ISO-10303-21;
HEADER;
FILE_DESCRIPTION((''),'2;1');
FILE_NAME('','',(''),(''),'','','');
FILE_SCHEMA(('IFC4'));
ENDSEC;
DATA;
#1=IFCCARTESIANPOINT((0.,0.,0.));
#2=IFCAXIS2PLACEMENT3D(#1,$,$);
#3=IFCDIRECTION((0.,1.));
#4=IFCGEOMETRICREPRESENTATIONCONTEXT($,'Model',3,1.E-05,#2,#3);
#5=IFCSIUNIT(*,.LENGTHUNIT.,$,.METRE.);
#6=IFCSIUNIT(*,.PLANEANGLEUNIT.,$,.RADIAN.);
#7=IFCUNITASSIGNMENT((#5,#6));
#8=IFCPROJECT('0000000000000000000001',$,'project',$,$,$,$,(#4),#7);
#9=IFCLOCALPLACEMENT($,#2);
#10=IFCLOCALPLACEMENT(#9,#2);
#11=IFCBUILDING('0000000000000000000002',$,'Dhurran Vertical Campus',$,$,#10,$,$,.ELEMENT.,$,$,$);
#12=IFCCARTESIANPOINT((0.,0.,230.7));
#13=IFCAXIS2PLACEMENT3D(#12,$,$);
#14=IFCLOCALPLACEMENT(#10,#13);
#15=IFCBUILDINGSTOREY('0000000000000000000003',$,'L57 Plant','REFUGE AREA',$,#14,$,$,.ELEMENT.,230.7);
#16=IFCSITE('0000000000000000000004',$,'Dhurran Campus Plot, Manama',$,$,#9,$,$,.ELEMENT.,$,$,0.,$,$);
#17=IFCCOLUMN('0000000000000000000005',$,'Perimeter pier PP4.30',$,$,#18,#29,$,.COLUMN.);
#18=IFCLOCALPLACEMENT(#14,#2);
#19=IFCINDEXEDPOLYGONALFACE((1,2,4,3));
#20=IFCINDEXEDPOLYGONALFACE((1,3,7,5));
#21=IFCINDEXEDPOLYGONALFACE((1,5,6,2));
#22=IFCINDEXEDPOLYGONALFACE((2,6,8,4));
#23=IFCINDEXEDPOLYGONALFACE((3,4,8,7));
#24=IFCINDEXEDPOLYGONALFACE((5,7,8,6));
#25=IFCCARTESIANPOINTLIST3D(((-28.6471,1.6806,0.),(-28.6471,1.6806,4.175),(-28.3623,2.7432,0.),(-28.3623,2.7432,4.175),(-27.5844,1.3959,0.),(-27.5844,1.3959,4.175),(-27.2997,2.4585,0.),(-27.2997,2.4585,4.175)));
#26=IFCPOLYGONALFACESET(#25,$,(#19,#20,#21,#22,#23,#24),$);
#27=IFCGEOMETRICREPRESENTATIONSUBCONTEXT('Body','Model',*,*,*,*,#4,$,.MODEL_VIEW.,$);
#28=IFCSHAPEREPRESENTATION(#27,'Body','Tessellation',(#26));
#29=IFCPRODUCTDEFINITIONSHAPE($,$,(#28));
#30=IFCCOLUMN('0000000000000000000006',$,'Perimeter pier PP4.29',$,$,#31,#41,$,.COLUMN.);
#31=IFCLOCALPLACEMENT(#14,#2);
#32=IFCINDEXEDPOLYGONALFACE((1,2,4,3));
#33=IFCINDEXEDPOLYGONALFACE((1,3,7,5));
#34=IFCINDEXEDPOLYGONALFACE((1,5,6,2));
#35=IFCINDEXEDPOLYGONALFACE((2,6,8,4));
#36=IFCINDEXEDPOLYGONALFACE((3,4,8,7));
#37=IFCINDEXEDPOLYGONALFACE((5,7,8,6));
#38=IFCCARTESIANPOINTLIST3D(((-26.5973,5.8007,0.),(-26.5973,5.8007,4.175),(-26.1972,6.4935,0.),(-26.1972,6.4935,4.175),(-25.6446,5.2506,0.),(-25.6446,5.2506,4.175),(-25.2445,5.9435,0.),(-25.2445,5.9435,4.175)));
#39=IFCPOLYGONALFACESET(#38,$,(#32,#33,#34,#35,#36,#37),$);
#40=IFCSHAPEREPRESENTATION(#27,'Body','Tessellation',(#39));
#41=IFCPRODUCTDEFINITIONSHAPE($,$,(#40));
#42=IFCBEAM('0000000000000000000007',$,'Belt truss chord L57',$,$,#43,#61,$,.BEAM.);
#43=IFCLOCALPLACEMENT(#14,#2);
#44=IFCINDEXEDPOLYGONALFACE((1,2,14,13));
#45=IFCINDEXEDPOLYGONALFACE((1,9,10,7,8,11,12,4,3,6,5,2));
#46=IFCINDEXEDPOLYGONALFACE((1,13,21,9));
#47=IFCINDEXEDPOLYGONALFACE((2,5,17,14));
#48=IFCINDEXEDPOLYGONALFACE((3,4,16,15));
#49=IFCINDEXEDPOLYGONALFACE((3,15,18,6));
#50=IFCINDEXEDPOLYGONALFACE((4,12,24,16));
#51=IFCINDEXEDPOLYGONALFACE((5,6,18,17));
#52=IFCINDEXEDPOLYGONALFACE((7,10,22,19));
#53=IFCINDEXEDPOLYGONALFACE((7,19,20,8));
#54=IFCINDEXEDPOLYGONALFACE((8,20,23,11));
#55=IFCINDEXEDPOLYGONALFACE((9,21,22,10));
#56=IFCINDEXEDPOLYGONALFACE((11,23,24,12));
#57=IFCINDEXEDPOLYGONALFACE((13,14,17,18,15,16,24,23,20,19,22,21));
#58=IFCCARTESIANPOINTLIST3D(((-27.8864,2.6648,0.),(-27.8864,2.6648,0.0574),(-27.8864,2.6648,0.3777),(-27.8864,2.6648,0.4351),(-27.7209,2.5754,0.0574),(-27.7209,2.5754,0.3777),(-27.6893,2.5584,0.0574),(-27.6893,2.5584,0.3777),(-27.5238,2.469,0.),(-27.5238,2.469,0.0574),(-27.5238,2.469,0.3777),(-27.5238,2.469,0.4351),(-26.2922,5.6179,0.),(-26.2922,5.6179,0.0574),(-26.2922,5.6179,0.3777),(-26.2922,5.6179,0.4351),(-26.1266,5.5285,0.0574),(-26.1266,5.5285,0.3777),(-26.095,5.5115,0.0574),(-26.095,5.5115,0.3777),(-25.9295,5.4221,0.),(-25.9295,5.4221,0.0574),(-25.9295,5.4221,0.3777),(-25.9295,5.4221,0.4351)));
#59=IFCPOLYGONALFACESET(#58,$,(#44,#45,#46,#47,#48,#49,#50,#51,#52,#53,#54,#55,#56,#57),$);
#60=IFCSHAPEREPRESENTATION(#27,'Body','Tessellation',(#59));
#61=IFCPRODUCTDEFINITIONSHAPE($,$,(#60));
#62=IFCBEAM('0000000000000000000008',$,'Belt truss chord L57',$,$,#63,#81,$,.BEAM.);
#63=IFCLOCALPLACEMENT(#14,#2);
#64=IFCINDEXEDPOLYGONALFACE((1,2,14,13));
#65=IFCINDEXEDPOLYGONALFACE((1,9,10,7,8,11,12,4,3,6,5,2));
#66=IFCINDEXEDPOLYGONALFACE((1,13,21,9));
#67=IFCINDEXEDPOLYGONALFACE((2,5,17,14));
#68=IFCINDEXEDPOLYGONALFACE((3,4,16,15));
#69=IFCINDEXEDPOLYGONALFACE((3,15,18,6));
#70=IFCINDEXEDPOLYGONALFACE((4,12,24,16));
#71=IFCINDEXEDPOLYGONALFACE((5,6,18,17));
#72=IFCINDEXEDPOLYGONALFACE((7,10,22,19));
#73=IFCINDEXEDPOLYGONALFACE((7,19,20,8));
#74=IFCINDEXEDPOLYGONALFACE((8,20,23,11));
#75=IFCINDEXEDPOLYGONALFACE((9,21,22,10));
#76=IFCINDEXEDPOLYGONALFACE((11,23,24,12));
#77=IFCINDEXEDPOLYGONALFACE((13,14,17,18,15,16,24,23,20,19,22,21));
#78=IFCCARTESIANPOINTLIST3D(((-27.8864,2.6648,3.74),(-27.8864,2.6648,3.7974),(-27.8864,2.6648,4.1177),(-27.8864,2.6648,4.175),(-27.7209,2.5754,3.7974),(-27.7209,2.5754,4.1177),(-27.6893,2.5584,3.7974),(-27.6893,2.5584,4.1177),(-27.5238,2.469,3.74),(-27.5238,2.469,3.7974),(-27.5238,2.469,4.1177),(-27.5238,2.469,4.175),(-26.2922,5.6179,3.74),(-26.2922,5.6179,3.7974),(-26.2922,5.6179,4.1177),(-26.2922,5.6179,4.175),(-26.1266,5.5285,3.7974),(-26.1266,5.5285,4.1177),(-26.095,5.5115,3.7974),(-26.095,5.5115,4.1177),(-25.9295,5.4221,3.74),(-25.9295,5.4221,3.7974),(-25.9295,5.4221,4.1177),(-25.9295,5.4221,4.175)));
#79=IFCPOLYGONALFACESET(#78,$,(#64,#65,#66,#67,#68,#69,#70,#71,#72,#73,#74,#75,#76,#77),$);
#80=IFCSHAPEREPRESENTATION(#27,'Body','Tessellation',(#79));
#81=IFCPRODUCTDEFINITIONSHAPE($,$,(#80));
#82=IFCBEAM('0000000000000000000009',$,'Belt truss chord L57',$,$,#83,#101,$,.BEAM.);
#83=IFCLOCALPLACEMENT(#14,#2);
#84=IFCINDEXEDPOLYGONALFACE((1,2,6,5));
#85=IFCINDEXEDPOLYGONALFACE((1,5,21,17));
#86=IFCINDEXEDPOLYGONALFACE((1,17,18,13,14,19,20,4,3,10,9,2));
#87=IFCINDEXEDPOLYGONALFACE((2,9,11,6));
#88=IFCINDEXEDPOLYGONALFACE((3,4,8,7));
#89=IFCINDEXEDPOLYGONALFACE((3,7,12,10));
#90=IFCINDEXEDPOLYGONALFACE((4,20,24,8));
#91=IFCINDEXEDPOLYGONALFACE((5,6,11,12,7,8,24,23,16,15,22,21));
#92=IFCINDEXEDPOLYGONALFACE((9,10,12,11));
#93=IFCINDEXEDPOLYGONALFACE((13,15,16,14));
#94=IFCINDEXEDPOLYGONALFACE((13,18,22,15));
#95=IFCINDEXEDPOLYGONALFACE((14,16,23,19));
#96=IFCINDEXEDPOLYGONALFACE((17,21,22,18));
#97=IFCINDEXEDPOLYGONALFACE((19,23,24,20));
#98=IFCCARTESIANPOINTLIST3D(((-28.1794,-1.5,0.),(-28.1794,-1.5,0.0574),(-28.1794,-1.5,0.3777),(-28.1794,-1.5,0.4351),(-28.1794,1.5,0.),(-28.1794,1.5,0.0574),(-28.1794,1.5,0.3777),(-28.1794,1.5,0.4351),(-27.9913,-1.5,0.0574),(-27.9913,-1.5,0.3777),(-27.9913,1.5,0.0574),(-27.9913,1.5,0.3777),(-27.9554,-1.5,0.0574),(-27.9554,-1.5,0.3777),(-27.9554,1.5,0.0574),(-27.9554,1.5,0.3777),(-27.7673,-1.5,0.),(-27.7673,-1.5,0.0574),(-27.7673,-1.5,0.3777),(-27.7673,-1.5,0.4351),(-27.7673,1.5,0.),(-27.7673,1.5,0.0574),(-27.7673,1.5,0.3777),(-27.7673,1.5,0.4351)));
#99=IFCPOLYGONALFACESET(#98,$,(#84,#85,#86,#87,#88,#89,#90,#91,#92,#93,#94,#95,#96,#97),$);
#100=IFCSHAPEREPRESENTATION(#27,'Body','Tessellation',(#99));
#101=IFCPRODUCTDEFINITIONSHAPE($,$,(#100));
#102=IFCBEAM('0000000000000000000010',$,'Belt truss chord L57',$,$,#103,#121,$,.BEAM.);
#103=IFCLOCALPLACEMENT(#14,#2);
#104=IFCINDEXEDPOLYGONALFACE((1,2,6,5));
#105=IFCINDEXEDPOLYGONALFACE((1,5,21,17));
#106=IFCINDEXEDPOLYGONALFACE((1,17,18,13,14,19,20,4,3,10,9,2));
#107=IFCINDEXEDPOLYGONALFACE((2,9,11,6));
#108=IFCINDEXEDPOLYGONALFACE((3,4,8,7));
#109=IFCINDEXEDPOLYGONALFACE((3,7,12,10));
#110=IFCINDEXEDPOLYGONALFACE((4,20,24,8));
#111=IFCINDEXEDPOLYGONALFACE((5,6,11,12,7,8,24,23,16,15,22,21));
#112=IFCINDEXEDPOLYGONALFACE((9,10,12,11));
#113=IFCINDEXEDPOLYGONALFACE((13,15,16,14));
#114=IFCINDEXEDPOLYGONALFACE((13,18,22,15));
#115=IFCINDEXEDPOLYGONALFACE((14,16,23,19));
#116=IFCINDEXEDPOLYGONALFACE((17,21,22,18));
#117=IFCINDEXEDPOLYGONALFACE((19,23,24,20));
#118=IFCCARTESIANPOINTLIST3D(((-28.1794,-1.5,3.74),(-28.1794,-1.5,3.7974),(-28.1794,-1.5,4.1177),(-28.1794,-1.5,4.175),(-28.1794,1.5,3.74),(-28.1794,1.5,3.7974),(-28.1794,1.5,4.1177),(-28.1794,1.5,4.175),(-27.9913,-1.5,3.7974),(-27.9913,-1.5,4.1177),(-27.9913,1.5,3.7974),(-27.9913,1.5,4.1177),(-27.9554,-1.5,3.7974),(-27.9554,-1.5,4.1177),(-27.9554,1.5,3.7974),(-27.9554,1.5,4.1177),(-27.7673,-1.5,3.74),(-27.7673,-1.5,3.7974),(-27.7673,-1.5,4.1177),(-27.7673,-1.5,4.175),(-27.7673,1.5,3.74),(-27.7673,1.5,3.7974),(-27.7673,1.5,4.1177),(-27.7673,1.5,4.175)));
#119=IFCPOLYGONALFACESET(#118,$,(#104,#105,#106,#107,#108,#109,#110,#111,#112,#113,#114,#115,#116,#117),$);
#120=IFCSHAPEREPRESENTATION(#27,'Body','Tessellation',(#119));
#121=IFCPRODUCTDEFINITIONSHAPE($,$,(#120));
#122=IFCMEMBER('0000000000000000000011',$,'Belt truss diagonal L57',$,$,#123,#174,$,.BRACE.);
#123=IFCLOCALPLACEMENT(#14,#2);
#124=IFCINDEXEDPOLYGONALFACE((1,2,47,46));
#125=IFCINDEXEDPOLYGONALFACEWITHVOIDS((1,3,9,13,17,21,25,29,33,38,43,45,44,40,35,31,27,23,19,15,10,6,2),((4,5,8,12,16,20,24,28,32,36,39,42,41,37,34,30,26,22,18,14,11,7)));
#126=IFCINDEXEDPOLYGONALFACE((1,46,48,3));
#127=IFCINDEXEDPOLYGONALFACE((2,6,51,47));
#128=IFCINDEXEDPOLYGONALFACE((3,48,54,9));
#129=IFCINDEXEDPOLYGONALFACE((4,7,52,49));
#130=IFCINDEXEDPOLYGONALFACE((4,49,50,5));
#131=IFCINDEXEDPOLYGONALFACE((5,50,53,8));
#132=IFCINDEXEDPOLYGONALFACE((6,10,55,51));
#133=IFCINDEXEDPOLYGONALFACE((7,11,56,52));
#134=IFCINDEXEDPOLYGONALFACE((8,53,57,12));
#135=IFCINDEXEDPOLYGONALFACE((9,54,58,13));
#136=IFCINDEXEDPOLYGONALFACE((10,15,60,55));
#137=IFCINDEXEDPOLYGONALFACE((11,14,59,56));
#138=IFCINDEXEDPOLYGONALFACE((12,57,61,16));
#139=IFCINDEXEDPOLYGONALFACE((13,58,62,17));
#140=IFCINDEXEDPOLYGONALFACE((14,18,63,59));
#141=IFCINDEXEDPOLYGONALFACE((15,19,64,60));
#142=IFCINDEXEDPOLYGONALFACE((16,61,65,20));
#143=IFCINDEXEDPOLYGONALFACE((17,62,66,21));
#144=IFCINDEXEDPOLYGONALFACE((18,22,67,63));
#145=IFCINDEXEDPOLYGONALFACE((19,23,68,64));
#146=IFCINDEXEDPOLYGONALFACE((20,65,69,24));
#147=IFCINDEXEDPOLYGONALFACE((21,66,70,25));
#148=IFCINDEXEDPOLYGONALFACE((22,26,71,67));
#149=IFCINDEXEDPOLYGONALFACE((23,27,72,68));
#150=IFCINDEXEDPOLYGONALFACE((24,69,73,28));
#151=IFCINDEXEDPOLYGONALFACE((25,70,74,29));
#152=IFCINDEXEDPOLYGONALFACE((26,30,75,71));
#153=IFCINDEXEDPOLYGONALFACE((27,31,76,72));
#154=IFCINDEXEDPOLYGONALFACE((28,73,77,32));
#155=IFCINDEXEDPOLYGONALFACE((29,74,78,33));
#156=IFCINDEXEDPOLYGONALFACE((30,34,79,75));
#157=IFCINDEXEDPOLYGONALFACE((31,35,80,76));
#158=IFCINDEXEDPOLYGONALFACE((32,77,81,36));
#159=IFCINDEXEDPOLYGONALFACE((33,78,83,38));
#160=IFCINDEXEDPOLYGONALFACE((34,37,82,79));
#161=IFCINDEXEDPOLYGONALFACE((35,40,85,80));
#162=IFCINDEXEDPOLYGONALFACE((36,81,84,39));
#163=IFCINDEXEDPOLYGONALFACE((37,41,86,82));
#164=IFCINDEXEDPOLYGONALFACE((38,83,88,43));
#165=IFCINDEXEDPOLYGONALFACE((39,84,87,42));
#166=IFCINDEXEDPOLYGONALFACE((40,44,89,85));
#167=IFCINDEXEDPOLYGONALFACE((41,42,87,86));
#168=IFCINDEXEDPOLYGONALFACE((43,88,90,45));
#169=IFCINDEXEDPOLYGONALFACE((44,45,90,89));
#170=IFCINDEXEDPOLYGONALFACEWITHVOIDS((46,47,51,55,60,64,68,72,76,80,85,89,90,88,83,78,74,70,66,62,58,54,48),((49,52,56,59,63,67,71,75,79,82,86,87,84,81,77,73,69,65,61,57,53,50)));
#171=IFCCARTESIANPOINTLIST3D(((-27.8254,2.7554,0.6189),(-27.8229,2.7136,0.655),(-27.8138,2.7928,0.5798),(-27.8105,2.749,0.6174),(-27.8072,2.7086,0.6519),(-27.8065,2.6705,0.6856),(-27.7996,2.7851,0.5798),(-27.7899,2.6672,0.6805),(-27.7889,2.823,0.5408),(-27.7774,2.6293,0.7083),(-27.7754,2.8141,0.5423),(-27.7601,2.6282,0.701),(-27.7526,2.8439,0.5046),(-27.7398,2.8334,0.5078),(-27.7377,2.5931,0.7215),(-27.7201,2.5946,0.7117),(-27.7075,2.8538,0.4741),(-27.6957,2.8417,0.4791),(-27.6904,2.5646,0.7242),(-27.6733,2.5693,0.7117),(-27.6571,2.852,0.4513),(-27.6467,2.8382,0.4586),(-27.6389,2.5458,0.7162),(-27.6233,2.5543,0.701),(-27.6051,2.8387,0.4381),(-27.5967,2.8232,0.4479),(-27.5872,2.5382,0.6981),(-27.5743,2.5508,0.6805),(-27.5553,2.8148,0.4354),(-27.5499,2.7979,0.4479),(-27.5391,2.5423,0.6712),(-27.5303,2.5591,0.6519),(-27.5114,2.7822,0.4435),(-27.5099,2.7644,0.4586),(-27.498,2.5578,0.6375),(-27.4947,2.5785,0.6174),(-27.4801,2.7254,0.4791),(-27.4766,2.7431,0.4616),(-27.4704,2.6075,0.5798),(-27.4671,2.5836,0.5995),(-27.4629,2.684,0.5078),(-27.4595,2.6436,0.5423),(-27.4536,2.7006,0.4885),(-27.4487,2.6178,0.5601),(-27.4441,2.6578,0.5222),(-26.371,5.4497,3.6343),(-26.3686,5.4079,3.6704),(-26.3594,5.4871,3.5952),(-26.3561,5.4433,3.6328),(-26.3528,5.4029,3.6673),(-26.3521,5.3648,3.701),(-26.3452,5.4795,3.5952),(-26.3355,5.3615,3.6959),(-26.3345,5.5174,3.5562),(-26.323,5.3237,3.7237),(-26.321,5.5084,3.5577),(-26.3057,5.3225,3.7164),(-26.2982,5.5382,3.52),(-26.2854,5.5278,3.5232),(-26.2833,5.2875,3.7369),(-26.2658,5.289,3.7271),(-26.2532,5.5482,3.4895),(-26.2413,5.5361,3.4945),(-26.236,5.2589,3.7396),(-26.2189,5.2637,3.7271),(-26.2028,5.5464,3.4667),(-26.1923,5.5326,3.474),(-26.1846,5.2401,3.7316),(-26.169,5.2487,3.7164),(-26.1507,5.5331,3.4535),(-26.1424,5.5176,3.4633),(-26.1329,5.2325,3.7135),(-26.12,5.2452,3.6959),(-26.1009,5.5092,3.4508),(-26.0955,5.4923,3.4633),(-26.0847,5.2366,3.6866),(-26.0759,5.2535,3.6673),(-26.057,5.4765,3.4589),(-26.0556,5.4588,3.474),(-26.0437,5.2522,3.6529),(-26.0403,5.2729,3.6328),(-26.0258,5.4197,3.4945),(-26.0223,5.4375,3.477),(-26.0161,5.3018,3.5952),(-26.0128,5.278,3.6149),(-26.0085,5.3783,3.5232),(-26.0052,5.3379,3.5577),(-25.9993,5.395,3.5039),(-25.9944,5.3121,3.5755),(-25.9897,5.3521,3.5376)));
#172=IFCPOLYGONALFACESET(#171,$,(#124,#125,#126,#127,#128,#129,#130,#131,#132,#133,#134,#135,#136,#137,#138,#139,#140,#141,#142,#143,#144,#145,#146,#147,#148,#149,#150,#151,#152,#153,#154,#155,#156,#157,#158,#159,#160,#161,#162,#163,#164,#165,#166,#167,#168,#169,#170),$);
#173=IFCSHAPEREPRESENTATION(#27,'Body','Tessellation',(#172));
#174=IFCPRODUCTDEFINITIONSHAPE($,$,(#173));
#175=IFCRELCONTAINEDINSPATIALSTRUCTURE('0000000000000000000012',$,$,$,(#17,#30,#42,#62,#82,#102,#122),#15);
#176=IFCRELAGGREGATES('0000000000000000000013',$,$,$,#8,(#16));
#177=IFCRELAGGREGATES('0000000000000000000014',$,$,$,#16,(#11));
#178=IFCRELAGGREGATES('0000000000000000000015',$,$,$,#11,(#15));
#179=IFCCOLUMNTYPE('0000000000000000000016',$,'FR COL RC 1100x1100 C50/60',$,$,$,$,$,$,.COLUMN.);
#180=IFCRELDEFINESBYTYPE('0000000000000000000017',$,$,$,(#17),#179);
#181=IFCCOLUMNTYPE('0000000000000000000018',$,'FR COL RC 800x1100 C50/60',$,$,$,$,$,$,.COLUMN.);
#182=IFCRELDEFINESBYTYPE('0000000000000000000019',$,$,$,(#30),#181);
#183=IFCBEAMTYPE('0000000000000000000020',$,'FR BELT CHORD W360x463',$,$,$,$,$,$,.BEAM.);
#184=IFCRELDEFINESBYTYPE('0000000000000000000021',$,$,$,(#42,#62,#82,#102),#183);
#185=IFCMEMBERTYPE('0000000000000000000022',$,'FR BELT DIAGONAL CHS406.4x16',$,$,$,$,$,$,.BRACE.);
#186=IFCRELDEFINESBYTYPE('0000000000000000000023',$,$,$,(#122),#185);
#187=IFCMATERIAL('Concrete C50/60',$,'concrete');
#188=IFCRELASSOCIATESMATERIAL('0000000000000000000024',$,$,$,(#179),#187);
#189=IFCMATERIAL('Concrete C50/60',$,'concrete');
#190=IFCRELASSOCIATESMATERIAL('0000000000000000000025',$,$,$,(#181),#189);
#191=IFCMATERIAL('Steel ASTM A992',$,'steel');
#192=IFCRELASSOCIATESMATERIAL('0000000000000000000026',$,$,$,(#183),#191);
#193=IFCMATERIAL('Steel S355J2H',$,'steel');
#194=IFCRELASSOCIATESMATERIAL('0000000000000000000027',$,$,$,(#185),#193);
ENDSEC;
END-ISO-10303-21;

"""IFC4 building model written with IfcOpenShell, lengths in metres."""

from ifc_helpers import new_model, si_unit, direction, frame, origin, origin_2d, place, context, subcontext, project, spatial, rectangle, hollow_circle, i_section, extrude, material, material_profile, profile_set, type_object, element, save


model = new_model("IFC4")

# Units and contexts
model_context = context("Model", 3, precision=1e-05, world=origin(), true_north=direction((0.0, 1.0)))
body_context = subcontext(model_context, "Body", "Model", "MODEL_VIEW")
ifc_project = project(units=[si_unit("LENGTHUNIT", "METRE"), si_unit("PLANEANGLEUNIT", "RADIAN")], contexts=[model_context])

# Site, building, storey
site_placement = place(None, origin())
site = spatial("IfcSite", under=ifc_project, at=site_placement, Name="Dhurran Campus Plot, Manama", CompositionType="ELEMENT", RefElevation=0.0)
building_placement = place(site_placement, origin())
building = spatial("IfcBuilding", under=site, at=building_placement, Name="Dhurran Vertical Campus", CompositionType="ELEMENT")
storey_placement = place(building_placement, frame((0.0, 0.0, 230.7)))
storey = spatial("IfcBuildingStorey", under=building, at=storey_placement, Name="L57 Plant", Description="REFUGE AREA", CompositionType="ELEMENT", Elevation=230.7)

# Columns
ifc_material_1 = material(Name="Concrete C50/60", Category="concrete")
ifc_material_profile_1 = material_profile(ifc_material_1, rectangle(XDim=1.1001, YDim=1.1001, at=origin_2d()), Name="RC 1100x1100")
ifc_profile_set_1 = profile_set([ifc_material_profile_1], Name="Concrete C50/60")
column_type_1 = type_object("IfcColumnType", Name="FR COL RC 1100x1100 C50/60", PredefinedType="COLUMN", material=ifc_profile_set_1)
column_1_placement = place(storey_placement, frame((-27.9734, 2.0696, 0.0), z_axis=(0.0, 0.0, 1.0), x_axis=(-0.258819, -0.965926, 0.0)))
element("IfcColumn", 1, at=column_1_placement, inside=storey, type_object=column_type_1, Name="Perimeter pier PP4.30", PredefinedType="COLUMN", context=body_context, shape_type="SweptSolid", body=[
    extrude(rectangle(XDim=1.1001, YDim=1.1001, at=origin_2d()), origin(), (0.0, 0.0, 1.0), 4.175),
])
ifc_material_2 = material(Name="Concrete C50/60", Category="concrete")
ifc_material_profile_2 = material_profile(ifc_material_2, rectangle(XDim=0.8, YDim=1.1001, at=origin_2d()), Name="RC 800x1100")
ifc_profile_set_2 = profile_set([ifc_material_profile_2], Name="Concrete C50/60")
column_type_2 = type_object("IfcColumnType", Name="FR COL RC 800x1100 C50/60", PredefinedType="COLUMN", material=ifc_profile_set_2)
column_2_placement = place(storey_placement, frame((-25.9209, 5.8721, 0.0), z_axis=(0.0, 0.0, 1.0), x_axis=(-0.5, -0.866025, 0.0)))
element("IfcColumn", 2, at=column_2_placement, inside=storey, type_object=column_type_2, Name="Perimeter pier PP4.29", PredefinedType="COLUMN", context=body_context, shape_type="SweptSolid", body=[
    extrude(rectangle(XDim=0.8, YDim=1.1001, at=origin_2d()), origin(), (0.0, 0.0, 1.0), 4.175),
])

# Beams
ifc_material_3 = material(Name="Steel ASTM A992", Category="steel")
ifc_material_profile_3 = material_profile(ifc_material_3, i_section(OverallWidth=0.4121, OverallDepth=0.4351, WebThickness=0.0359, FlangeThickness=0.0574, at=origin_2d()), Name="W360x463")
ifc_profile_set_3 = profile_set([ifc_material_profile_3], Name="Steel ASTM A992")
beam_type_1 = type_object("IfcBeamType", Name="FR BELT CHORD W360x463", PredefinedType="BEAM", material=ifc_profile_set_3)
for number, where, z_axis, x_axis, name in (
    (3, (-26.1108, 5.52, 0.2175), (-0.475045, -0.879961, 0.0), (0.879961, -0.475045, 0.0), "Belt truss chord L57"),
    (4, (-26.1108, 5.52, 3.9575), (-0.475045, -0.879961, 0.0), (0.879961, -0.475045, 0.0), "Belt truss chord L57"),
):
    element("IfcBeam", number, at=place(storey_placement, frame(where, z_axis=z_axis, x_axis=x_axis)), inside=storey, type_object=beam_type_1, Name=name, PredefinedType="BEAM", context=body_context, shape_type="SweptSolid", body=[
        extrude(i_section(OverallWidth=0.4121, OverallDepth=0.4351, WebThickness=0.0359, FlangeThickness=0.0574, at=origin_2d()), origin(), (0.0, 0.0, 1.0), 3.356),
    ])
for number, where, z_axis, x_axis, name in (
    (5, (-27.9734, 1.5, 0.2175), (0.0, -1.0, 0.0), (1.0, 0.0, 0.0), "Belt truss chord L57"),
    (6, (-27.9734, 1.5, 3.9575), (0.0, -1.0, 0.0), (1.0, 0.0, 0.0), "Belt truss chord L57"),
):
    element("IfcBeam", number, at=place(storey_placement, frame(where, z_axis=z_axis, x_axis=x_axis)), inside=storey, type_object=beam_type_1, Name=name, PredefinedType="BEAM", context=body_context, shape_type="SweptSolid", body=[
        extrude(i_section(OverallWidth=0.4121, OverallDepth=0.4351, WebThickness=0.0359, FlangeThickness=0.0574, at=origin_2d()), origin(), (0.0, 0.0, 1.0), 3.0),
    ])

# Member
ifc_material_4 = material(Name="Steel S355J2H", Category="steel")
ifc_material_profile_4 = material_profile(ifc_material_4, hollow_circle(Radius=0.2031, WallThickness=0.0161, at=origin_2d()), Name="CHS406.4x16")
ifc_profile_set_4 = profile_set([ifc_material_profile_4], Name="Steel S355J2H")
member_type_1 = type_object("IfcMemberType", Name="FR BELT DIAGONAL CHS406.4x16", PredefinedType="BRACE", material=ifc_profile_set_4)
member_1_placement = place(storey_placement, frame((-27.635, 2.6963, 0.5798), z_axis=(0.33843, 0.626978, 0.701686), x_axis=(-0.879987, 0.474998, 0.0)))
element("IfcMember", 7, at=member_1_placement, inside=storey, type_object=member_type_1, Name="Belt truss diagonal L57", PredefinedType="BRACE", context=body_context, shape_type="SweptSolid", body=[
    extrude(hollow_circle(Radius=0.2031, WallThickness=0.0161, at=origin_2d()), origin(), (0.0, 0.0, 1.0), 4.2974),
])

save(model, "model.ifc")
